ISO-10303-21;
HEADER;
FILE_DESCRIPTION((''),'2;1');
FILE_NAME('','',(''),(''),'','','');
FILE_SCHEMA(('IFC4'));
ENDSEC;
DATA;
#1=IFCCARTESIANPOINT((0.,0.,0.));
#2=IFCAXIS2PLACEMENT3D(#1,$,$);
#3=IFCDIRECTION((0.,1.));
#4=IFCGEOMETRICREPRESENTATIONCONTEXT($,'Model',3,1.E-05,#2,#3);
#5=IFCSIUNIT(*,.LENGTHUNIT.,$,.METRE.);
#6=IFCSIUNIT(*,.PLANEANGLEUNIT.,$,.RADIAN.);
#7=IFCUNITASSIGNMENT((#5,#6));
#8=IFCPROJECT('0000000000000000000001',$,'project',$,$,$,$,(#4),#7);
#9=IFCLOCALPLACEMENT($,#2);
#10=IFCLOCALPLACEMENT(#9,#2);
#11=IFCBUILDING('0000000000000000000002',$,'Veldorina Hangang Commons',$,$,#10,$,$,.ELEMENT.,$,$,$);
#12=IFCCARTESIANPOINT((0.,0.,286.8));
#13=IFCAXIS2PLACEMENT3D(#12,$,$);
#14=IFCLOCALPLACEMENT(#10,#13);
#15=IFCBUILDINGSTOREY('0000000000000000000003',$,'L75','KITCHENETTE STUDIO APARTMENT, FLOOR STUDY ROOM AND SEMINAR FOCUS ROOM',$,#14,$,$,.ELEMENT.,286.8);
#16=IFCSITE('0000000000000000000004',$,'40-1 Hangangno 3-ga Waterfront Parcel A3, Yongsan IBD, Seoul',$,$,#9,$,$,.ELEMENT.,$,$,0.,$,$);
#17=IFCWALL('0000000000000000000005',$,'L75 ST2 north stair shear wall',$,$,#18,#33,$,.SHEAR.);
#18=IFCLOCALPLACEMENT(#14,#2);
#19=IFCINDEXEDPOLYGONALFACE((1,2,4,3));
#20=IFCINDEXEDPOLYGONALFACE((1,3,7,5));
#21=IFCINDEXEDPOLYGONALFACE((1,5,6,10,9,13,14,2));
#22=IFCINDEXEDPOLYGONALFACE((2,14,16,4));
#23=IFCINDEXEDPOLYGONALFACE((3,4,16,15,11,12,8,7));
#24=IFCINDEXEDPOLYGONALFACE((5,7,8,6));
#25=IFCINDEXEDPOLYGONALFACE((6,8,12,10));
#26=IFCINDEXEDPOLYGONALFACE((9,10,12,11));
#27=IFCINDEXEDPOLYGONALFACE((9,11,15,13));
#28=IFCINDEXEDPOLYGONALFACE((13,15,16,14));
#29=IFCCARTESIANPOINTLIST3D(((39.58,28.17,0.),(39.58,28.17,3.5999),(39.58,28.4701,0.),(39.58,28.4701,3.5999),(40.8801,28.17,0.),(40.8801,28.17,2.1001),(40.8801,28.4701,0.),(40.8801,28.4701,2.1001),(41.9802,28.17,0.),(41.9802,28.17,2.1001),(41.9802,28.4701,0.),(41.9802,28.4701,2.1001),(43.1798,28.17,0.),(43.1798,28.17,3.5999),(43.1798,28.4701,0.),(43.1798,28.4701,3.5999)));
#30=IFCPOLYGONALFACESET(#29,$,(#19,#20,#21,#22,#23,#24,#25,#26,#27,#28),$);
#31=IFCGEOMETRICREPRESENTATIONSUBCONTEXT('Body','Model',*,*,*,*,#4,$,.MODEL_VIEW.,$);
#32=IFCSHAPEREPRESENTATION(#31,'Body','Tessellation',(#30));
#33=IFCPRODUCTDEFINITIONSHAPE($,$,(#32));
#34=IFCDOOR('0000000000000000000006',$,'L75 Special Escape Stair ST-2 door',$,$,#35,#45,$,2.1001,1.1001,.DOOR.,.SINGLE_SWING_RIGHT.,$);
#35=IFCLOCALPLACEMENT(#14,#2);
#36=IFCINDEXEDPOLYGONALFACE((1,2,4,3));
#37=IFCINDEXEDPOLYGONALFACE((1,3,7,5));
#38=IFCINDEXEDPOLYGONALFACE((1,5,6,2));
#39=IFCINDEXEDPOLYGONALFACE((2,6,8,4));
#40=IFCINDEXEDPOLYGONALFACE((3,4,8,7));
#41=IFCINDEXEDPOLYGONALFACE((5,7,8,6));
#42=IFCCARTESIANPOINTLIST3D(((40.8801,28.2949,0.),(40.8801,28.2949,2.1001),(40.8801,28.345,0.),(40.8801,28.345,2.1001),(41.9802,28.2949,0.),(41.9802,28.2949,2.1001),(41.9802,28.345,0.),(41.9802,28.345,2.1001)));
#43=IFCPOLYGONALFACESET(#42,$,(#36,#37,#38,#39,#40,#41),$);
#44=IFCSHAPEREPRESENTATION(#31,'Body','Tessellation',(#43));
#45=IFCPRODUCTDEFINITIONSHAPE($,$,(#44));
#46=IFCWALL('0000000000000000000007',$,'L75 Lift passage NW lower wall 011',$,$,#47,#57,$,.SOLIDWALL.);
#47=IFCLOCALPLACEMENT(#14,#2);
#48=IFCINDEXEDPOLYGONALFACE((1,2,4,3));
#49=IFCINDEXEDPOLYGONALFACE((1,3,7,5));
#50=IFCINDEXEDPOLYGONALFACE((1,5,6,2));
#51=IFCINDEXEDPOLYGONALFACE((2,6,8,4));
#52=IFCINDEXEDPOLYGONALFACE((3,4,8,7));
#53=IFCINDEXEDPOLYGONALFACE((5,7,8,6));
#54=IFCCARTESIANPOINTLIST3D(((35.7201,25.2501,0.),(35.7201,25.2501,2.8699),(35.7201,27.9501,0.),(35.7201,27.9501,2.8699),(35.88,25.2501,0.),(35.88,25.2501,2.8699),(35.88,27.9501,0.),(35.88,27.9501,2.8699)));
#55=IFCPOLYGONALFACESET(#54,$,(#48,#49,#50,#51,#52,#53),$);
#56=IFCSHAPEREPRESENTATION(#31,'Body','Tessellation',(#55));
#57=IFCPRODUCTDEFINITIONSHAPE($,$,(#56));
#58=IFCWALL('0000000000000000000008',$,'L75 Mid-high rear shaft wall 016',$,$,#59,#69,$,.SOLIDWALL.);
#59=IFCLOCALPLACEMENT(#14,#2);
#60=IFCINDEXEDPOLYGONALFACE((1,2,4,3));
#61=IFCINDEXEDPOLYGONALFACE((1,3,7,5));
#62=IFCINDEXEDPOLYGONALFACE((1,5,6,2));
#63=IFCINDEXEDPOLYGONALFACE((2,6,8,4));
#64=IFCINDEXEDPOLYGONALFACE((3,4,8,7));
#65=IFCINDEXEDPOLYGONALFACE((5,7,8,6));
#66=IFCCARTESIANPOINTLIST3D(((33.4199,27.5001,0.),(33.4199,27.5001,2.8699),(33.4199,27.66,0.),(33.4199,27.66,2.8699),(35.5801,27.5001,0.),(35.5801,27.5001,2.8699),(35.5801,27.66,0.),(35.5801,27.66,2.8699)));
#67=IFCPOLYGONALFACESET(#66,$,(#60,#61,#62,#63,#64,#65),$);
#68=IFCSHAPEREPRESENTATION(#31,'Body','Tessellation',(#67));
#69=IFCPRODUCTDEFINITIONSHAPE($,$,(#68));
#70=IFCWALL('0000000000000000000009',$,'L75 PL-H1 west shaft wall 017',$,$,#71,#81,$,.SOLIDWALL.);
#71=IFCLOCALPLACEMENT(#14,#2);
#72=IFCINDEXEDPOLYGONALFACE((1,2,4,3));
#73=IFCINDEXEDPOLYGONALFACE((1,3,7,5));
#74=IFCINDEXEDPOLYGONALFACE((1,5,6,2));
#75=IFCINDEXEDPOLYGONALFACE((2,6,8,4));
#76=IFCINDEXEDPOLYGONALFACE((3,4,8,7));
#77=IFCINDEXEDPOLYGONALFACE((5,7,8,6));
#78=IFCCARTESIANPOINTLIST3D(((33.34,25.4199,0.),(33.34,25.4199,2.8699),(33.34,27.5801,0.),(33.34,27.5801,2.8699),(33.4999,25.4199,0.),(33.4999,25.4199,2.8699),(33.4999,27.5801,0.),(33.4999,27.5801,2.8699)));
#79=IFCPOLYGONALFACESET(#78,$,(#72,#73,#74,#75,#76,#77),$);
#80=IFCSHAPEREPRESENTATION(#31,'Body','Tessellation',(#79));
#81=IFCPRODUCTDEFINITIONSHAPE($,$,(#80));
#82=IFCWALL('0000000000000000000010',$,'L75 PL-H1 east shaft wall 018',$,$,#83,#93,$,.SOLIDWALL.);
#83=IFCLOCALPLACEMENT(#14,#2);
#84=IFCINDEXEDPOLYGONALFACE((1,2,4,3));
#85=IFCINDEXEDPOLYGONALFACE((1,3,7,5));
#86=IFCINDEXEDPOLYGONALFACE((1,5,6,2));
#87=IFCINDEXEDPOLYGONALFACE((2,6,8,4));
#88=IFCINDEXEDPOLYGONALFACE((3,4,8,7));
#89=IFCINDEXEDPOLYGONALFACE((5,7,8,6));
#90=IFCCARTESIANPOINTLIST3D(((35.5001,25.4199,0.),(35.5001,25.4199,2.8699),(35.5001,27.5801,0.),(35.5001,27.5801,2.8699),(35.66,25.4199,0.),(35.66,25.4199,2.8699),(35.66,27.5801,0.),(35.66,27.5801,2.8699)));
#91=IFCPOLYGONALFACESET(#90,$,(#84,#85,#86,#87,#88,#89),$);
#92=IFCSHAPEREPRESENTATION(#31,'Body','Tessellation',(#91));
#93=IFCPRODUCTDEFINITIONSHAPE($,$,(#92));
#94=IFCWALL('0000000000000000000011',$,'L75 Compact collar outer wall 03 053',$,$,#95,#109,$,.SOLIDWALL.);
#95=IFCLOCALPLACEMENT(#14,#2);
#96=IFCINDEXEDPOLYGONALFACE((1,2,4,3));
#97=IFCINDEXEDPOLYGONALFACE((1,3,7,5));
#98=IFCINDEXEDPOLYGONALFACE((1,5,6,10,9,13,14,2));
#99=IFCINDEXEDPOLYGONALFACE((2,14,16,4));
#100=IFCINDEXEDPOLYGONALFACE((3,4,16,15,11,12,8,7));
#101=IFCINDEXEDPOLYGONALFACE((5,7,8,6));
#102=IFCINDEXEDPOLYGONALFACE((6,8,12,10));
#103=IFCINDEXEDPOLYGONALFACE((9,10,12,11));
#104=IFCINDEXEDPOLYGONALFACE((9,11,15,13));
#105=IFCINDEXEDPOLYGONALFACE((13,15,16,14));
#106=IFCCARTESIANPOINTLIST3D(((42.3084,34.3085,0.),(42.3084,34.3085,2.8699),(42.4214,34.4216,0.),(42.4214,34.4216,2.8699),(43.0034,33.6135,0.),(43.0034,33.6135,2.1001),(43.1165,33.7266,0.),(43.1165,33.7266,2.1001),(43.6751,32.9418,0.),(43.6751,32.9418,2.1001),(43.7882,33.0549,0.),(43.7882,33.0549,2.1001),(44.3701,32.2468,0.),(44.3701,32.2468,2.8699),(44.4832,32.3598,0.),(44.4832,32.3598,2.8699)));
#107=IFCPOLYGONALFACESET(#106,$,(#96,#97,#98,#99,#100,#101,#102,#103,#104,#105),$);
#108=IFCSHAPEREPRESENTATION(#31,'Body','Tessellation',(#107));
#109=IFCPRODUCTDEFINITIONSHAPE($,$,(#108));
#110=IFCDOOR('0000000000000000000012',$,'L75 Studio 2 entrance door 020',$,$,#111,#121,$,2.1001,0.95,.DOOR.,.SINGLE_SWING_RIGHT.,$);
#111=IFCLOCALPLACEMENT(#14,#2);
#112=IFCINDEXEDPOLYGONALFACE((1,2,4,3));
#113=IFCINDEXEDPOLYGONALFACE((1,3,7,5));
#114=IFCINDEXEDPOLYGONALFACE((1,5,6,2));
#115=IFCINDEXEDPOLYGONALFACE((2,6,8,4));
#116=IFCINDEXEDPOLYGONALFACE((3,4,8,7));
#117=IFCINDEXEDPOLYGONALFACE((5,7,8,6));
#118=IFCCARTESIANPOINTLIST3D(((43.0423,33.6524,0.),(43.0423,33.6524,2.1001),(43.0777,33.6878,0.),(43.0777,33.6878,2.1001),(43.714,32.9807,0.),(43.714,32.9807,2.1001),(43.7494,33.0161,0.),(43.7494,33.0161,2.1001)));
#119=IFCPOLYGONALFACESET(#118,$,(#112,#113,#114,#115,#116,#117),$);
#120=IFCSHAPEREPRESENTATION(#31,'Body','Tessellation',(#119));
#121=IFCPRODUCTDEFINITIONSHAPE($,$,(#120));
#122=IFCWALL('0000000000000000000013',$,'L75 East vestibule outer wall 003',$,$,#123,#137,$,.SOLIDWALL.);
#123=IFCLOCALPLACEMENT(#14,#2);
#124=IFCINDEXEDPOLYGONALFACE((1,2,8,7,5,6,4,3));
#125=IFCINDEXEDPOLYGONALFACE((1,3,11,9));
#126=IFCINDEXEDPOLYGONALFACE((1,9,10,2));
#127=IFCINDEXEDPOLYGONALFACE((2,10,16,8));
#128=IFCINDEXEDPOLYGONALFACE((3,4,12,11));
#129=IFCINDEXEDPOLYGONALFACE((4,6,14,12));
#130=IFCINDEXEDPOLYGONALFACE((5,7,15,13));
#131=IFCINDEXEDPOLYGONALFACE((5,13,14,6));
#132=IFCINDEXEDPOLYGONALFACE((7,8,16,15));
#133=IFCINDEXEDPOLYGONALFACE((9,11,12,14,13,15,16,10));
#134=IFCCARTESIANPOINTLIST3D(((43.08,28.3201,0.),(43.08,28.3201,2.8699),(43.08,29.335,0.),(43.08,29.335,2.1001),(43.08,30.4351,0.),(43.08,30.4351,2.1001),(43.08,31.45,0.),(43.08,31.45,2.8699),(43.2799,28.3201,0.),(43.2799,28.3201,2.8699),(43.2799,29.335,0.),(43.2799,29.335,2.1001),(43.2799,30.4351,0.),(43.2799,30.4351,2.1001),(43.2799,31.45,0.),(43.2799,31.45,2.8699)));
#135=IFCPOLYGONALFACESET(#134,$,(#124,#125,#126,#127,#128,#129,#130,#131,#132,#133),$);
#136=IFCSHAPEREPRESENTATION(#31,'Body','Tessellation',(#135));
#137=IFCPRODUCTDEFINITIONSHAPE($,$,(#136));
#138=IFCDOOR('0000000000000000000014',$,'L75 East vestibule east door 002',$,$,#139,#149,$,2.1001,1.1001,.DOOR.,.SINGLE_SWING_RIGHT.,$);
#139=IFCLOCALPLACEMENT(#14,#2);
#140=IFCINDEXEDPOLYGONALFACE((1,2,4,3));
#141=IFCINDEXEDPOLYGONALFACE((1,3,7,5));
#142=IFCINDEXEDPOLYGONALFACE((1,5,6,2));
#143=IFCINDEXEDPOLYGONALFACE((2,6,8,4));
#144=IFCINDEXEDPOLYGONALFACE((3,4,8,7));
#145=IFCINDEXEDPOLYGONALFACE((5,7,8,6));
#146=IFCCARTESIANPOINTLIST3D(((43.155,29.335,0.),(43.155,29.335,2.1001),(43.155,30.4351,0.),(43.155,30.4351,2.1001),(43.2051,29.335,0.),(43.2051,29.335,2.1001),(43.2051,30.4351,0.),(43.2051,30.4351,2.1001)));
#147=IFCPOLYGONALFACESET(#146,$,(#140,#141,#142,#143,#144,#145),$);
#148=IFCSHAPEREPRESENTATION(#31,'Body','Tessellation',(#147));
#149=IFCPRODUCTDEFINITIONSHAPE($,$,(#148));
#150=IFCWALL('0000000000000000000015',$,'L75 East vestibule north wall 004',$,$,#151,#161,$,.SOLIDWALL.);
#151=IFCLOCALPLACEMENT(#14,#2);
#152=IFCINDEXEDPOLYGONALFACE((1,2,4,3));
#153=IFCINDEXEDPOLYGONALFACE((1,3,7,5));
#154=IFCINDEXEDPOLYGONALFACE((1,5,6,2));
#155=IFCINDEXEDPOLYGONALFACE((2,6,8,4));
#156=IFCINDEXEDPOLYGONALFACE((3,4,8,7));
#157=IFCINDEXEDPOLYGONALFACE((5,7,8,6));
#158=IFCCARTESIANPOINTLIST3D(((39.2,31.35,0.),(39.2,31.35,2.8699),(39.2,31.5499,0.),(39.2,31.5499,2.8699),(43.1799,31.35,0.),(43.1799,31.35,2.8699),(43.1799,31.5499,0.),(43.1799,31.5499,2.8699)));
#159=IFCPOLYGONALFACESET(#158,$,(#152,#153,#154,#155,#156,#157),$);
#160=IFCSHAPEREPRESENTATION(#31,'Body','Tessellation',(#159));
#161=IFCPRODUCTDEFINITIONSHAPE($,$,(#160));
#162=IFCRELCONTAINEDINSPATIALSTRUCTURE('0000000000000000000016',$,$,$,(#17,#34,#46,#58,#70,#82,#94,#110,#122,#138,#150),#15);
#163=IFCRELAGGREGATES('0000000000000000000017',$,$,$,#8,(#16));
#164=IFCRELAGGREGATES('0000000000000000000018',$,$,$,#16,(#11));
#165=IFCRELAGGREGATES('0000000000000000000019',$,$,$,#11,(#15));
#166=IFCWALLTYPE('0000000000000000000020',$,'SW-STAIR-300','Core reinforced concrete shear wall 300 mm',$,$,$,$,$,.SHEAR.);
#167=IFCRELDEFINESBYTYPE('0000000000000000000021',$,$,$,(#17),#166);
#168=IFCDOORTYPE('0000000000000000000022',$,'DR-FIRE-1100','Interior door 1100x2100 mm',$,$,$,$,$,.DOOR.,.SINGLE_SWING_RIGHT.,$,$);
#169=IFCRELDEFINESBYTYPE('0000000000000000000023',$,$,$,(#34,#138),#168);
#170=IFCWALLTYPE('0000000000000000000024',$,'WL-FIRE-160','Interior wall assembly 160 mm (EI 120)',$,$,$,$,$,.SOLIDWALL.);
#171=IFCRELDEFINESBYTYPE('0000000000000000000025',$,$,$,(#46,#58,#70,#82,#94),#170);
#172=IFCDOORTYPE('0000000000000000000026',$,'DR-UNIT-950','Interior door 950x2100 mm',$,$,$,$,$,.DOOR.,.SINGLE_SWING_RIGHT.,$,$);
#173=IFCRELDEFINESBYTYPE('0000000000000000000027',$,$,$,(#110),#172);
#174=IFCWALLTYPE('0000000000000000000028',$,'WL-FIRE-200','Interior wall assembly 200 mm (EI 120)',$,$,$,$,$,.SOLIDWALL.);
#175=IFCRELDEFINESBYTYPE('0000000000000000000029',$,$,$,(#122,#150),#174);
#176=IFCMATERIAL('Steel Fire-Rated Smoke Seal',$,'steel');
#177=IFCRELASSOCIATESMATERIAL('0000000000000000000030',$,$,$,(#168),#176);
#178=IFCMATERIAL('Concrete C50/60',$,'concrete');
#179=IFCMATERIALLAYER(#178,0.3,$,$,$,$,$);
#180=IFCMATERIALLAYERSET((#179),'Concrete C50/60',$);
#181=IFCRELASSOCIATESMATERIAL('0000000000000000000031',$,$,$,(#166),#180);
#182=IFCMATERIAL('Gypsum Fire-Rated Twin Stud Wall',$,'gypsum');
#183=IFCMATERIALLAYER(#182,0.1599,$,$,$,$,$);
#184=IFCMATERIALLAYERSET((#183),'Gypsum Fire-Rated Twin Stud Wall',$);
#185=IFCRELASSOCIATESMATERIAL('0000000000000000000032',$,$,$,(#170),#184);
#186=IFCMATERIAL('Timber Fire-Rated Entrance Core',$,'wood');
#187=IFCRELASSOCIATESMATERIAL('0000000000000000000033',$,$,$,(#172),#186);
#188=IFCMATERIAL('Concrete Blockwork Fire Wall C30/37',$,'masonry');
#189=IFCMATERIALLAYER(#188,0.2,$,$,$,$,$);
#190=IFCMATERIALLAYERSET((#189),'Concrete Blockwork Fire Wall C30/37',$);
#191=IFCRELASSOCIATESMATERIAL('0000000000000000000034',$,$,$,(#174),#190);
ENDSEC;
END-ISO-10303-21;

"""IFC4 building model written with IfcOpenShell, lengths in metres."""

from ifc_helpers import new_model, si_unit, direction, frame, frame_2d, origin, place, context, subcontext, project, spatial, rectangle, extrude, material, layer, layer_set, type_object, element, fill, save


model = new_model("IFC4")

# Units and contexts
model_context = context("Model", 3, precision=1e-05, world=origin(), true_north=direction((0.0, 1.0)))
body_context = subcontext(model_context, "Body", "Model", "MODEL_VIEW")
ifc_project = project(units=[si_unit("LENGTHUNIT", "METRE"), si_unit("PLANEANGLEUNIT", "RADIAN")], contexts=[model_context])

# Site, building, storey
site_placement = place(None, origin())
site = spatial("IfcSite", under=ifc_project, at=site_placement, Name="40-1 Hangangno 3-ga Waterfront Parcel A3, Yongsan IBD, Seoul", CompositionType="ELEMENT", RefElevation=0.0)
building_placement = place(site_placement, origin())
building = spatial("IfcBuilding", under=site, at=building_placement, Name="Veldorina Hangang Commons", CompositionType="ELEMENT")
storey_placement = place(building_placement, frame((0.0, 0.0, 286.8)))
storey = spatial("IfcBuildingStorey", under=building, at=storey_placement, Name="L75", Description="KITCHENETTE STUDIO APARTMENT, FLOOR STUDY ROOM AND SEMINAR FOCUS ROOM", CompositionType="ELEMENT", Elevation=286.8)

# Shared definitions
ifc_material_1 = material(Name="Concrete C50/60", Category="concrete")

# Wall, opening, door
ifc_material_2 = material(Name="Steel Fire-Rated Smoke Seal", Category="steel")
door_type_1 = type_object("IfcDoorType", Name="DR-FIRE-1100", Description="Interior door 1100x2100 mm", OperationType="SINGLE_SWING_RIGHT", PredefinedType="DOOR", material=ifc_material_2)
ifc_layer_1 = layer(ifc_material_1, 0.3)
ifc_layer_set_1 = layer_set([ifc_layer_1], Name="Concrete C50/60")
wall_type_1 = type_object("IfcWallType", Name="SW-STAIR-300", Description="Core reinforced concrete shear wall 300 mm", PredefinedType="SHEAR", material=ifc_layer_set_1)
wall_1_placement = place(storey_placement, frame((39.5801, 28.3201, 0.0), z_axis=(0.0, 0.0, 1.0), x_axis=(1.0, 0.0, 0.0)))
wall_1 = element("IfcWall", 1, at=wall_1_placement, inside=storey, type_object=wall_type_1, Name="L75 ST2 north stair shear wall", PredefinedType="SHEAR", context=body_context, shape_type="SweptSolid", body=[
    extrude(rectangle(XDim=3.5999, YDim=0.3, at=frame_2d((1.7998, 0.0))), origin(), (0.0, 0.0, 1.0), 3.5999),
])
opening_1_placement = place(wall_1_placement, frame((1.3, 0.0, 0.0)))
opening_1 = element("IfcOpeningElement", 2, at=opening_1_placement, cuts=wall_1, PredefinedType="OPENING", context=body_context, shape_type="SweptSolid", body=[
    extrude(rectangle(XDim=1.1001, YDim=2.1001, at=frame_2d((0.55, 1.05))), frame((0.0, 0.1602, 0.0), z_axis=(0.0, -1.0, 0.0), x_axis=(1.0, 0.0, 0.0)), (0.0, 0.0, 1.0), 0.3201),
])
door_1_placement = place(opening_1_placement, origin())
door_1 = element("IfcDoor", 3, at=door_1_placement, inside=storey, type_object=door_type_1, Name="L75 Special Escape Stair ST-2 door", OperationType="SINGLE_SWING_RIGHT", OverallHeight=2.1001, OverallWidth=1.1001, PredefinedType="DOOR", context=body_context, shape_type="SweptSolid", body=[
    extrude(rectangle(XDim=1.1001, YDim=2.1001, at=frame_2d((0.55, 1.05))), frame((0.0, 0.0249, 0.0), z_axis=(0.0, -1.0, 0.0), x_axis=(1.0, 0.0, 0.0)), (0.0, 0.0, 1.0), 0.05),
])
fill(opening_1, door_1)

# Wall
ifc_material_3 = material(Name="Gypsum Fire-Rated Twin Stud Wall", Category="gypsum")
ifc_layer_2 = layer(ifc_material_3, 0.1599)
ifc_layer_set_2 = layer_set([ifc_layer_2], Name="Gypsum Fire-Rated Twin Stud Wall")
wall_type_2 = type_object("IfcWallType", Name="WL-FIRE-160", Description="Interior wall assembly 160 mm (EI 120)", PredefinedType="SOLIDWALL", material=ifc_layer_set_2)
wall_2_placement = place(storey_placement, frame((35.8, 25.25, 0.0), z_axis=(0.0, 0.0, 1.0), x_axis=(0.0, 1.0, 0.0)))
element("IfcWall", 4, at=wall_2_placement, inside=storey, type_object=wall_type_2, Name="L75 Lift passage NW lower wall 011", PredefinedType="SOLIDWALL", context=body_context, shape_type="SweptSolid", body=[
    extrude(rectangle(XDim=2.7, YDim=0.1599, at=frame_2d((1.3501, 0.0))), origin(), (0.0, 0.0, 1.0), 2.8699),
])

# Walls
for number, where, z_axis, x_axis, name in (
    (5, (33.4199, 27.5801, 0.0), (0.0, 0.0, 1.0), (1.0, 0.0, 0.0), "L75 Mid-high rear shaft wall 016"),
    (6, (33.4199, 25.4199, 0.0), (0.0, 0.0, 1.0), (0.0, 1.0, 0.0), "L75 PL-H1 west shaft wall 017"),
    (7, (35.5801, 25.4199, 0.0), (0.0, 0.0, 1.0), (0.0, 1.0, 0.0), "L75 PL-H1 east shaft wall 018"),
):
    element("IfcWall", number, at=place(storey_placement, frame(where, z_axis=z_axis, x_axis=x_axis)), inside=storey, type_object=wall_type_2, Name=name, PredefinedType="SOLIDWALL", context=body_context, shape_type="SweptSolid", body=[
        extrude(rectangle(XDim=2.1602, YDim=0.1599, at=frame_2d((1.0801, 0.0))), origin(), (0.0, 0.0, 1.0), 2.8699),
    ])

# Walls, openings, doors
wall_3_placement = place(storey_placement, frame((44.4268, 32.3032, 0.0), z_axis=(0.0, 0.0, 1.0), x_axis=(-0.707107, 0.707107, 0.0)))
wall_3 = element("IfcWall", 8, at=wall_3_placement, inside=storey, type_object=wall_type_2, Name="L75 Compact collar outer wall 03 053", PredefinedType="SOLIDWALL", context=body_context, shape_type="SweptSolid", body=[
    extrude(rectangle(XDim=2.9158, YDim=0.1599, at=frame_2d((1.458, 0.0))), origin(), (0.0, 0.0, 1.0), 2.8699),
])
opening_2_placement = place(wall_3_placement, frame((0.9829, 0.0, 0.0)))
opening_2 = element("IfcOpeningElement", 9, at=opening_2_placement, cuts=wall_3, PredefinedType="OPENING", context=body_context, shape_type="SweptSolid", body=[
    extrude(rectangle(XDim=0.95, YDim=2.1001, at=frame_2d((0.4751, 1.05))), frame((0.0, 0.0898, 0.0), z_axis=(0.0, -1.0, 0.0), x_axis=(1.0, 0.0, 0.0)), (0.0, 0.0, 1.0), 0.1799),
])
ifc_material_4 = material(Name="Timber Fire-Rated Entrance Core", Category="wood")
door_type_2 = type_object("IfcDoorType", Name="DR-UNIT-950", Description="Interior door 950x2100 mm", OperationType="SINGLE_SWING_RIGHT", PredefinedType="DOOR", material=ifc_material_4)
door_2_placement = place(opening_2_placement, origin())
door_2 = element("IfcDoor", 10, at=door_2_placement, inside=storey, type_object=door_type_2, Name="L75 Studio 2 entrance door 020", OperationType="SINGLE_SWING_RIGHT", OverallHeight=2.1001, OverallWidth=0.95, PredefinedType="DOOR", context=body_context, shape_type="SweptSolid", body=[
    extrude(rectangle(XDim=0.95, YDim=2.1001, at=frame_2d((0.4751, 1.05))), frame((0.0, 0.0249, 0.0), z_axis=(0.0, -1.0, 0.0), x_axis=(1.0, 0.0, 0.0)), (0.0, 0.0, 1.0), 0.05),
])
fill(opening_2, door_2)
ifc_material_5 = material(Name="Concrete Blockwork Fire Wall C30/37", Category="masonry")
ifc_layer_3 = layer(ifc_material_5, 0.2)
ifc_layer_set_3 = layer_set([ifc_layer_3], Name="Concrete Blockwork Fire Wall C30/37")
wall_type_3 = type_object("IfcWallType", Name="WL-FIRE-200", Description="Interior wall assembly 200 mm (EI 120)", PredefinedType="SOLIDWALL", material=ifc_layer_set_3)
wall_4_placement = place(storey_placement, frame((43.1799, 28.3201, 0.0), z_axis=(0.0, 0.0, 1.0), x_axis=(0.0, 1.0, 0.0)))
wall_4 = element("IfcWall", 11, at=wall_4_placement, inside=storey, type_object=wall_type_3, Name="L75 East vestibule outer wall 003", PredefinedType="SOLIDWALL", context=body_context, shape_type="SweptSolid", body=[
    extrude(rectangle(XDim=3.1299, YDim=0.2, at=frame_2d((1.5649, 0.0))), origin(), (0.0, 0.0, 1.0), 2.8699),
])
opening_3_placement = place(wall_4_placement, frame((1.0149, 0.0, 0.0)))
opening_3 = element("IfcOpeningElement", 12, at=opening_3_placement, cuts=wall_4, PredefinedType="OPENING", context=body_context, shape_type="SweptSolid", body=[
    extrude(rectangle(XDim=1.1001, YDim=2.1001, at=frame_2d((0.55, 1.05))), frame((0.0, 0.1099, 0.0), z_axis=(0.0, -1.0, 0.0), x_axis=(1.0, 0.0, 0.0)), (0.0, 0.0, 1.0), 0.22),
])
door_3_placement = place(opening_3_placement, origin())
door_3 = element("IfcDoor", 13, at=door_3_placement, inside=storey, type_object=door_type_1, Name="L75 East vestibule east door 002", OperationType="SINGLE_SWING_RIGHT", OverallHeight=2.1001, OverallWidth=1.1001, PredefinedType="DOOR", context=body_context, shape_type="SweptSolid", body=[
    extrude(rectangle(XDim=1.1001, YDim=2.1001, at=frame_2d((0.55, 1.05))), frame((0.0, 0.0249, 0.0), z_axis=(0.0, -1.0, 0.0), x_axis=(1.0, 0.0, 0.0)), (0.0, 0.0, 1.0), 0.05),
])
fill(opening_3, door_3)

# Wall
wall_5_placement = place(storey_placement, frame((39.2, 31.45, 0.0), z_axis=(0.0, 0.0, 1.0), x_axis=(1.0, 0.0, 0.0)))
element("IfcWall", 14, at=wall_5_placement, inside=storey, type_object=wall_type_3, Name="L75 East vestibule north wall 004", PredefinedType="SOLIDWALL", context=body_context, shape_type="SweptSolid", body=[
    extrude(rectangle(XDim=3.98, YDim=0.2, at=frame_2d((1.99, 0.0))), origin(), (0.0, 0.0, 1.0), 2.8699),
])

save(model, "model.ifc")
